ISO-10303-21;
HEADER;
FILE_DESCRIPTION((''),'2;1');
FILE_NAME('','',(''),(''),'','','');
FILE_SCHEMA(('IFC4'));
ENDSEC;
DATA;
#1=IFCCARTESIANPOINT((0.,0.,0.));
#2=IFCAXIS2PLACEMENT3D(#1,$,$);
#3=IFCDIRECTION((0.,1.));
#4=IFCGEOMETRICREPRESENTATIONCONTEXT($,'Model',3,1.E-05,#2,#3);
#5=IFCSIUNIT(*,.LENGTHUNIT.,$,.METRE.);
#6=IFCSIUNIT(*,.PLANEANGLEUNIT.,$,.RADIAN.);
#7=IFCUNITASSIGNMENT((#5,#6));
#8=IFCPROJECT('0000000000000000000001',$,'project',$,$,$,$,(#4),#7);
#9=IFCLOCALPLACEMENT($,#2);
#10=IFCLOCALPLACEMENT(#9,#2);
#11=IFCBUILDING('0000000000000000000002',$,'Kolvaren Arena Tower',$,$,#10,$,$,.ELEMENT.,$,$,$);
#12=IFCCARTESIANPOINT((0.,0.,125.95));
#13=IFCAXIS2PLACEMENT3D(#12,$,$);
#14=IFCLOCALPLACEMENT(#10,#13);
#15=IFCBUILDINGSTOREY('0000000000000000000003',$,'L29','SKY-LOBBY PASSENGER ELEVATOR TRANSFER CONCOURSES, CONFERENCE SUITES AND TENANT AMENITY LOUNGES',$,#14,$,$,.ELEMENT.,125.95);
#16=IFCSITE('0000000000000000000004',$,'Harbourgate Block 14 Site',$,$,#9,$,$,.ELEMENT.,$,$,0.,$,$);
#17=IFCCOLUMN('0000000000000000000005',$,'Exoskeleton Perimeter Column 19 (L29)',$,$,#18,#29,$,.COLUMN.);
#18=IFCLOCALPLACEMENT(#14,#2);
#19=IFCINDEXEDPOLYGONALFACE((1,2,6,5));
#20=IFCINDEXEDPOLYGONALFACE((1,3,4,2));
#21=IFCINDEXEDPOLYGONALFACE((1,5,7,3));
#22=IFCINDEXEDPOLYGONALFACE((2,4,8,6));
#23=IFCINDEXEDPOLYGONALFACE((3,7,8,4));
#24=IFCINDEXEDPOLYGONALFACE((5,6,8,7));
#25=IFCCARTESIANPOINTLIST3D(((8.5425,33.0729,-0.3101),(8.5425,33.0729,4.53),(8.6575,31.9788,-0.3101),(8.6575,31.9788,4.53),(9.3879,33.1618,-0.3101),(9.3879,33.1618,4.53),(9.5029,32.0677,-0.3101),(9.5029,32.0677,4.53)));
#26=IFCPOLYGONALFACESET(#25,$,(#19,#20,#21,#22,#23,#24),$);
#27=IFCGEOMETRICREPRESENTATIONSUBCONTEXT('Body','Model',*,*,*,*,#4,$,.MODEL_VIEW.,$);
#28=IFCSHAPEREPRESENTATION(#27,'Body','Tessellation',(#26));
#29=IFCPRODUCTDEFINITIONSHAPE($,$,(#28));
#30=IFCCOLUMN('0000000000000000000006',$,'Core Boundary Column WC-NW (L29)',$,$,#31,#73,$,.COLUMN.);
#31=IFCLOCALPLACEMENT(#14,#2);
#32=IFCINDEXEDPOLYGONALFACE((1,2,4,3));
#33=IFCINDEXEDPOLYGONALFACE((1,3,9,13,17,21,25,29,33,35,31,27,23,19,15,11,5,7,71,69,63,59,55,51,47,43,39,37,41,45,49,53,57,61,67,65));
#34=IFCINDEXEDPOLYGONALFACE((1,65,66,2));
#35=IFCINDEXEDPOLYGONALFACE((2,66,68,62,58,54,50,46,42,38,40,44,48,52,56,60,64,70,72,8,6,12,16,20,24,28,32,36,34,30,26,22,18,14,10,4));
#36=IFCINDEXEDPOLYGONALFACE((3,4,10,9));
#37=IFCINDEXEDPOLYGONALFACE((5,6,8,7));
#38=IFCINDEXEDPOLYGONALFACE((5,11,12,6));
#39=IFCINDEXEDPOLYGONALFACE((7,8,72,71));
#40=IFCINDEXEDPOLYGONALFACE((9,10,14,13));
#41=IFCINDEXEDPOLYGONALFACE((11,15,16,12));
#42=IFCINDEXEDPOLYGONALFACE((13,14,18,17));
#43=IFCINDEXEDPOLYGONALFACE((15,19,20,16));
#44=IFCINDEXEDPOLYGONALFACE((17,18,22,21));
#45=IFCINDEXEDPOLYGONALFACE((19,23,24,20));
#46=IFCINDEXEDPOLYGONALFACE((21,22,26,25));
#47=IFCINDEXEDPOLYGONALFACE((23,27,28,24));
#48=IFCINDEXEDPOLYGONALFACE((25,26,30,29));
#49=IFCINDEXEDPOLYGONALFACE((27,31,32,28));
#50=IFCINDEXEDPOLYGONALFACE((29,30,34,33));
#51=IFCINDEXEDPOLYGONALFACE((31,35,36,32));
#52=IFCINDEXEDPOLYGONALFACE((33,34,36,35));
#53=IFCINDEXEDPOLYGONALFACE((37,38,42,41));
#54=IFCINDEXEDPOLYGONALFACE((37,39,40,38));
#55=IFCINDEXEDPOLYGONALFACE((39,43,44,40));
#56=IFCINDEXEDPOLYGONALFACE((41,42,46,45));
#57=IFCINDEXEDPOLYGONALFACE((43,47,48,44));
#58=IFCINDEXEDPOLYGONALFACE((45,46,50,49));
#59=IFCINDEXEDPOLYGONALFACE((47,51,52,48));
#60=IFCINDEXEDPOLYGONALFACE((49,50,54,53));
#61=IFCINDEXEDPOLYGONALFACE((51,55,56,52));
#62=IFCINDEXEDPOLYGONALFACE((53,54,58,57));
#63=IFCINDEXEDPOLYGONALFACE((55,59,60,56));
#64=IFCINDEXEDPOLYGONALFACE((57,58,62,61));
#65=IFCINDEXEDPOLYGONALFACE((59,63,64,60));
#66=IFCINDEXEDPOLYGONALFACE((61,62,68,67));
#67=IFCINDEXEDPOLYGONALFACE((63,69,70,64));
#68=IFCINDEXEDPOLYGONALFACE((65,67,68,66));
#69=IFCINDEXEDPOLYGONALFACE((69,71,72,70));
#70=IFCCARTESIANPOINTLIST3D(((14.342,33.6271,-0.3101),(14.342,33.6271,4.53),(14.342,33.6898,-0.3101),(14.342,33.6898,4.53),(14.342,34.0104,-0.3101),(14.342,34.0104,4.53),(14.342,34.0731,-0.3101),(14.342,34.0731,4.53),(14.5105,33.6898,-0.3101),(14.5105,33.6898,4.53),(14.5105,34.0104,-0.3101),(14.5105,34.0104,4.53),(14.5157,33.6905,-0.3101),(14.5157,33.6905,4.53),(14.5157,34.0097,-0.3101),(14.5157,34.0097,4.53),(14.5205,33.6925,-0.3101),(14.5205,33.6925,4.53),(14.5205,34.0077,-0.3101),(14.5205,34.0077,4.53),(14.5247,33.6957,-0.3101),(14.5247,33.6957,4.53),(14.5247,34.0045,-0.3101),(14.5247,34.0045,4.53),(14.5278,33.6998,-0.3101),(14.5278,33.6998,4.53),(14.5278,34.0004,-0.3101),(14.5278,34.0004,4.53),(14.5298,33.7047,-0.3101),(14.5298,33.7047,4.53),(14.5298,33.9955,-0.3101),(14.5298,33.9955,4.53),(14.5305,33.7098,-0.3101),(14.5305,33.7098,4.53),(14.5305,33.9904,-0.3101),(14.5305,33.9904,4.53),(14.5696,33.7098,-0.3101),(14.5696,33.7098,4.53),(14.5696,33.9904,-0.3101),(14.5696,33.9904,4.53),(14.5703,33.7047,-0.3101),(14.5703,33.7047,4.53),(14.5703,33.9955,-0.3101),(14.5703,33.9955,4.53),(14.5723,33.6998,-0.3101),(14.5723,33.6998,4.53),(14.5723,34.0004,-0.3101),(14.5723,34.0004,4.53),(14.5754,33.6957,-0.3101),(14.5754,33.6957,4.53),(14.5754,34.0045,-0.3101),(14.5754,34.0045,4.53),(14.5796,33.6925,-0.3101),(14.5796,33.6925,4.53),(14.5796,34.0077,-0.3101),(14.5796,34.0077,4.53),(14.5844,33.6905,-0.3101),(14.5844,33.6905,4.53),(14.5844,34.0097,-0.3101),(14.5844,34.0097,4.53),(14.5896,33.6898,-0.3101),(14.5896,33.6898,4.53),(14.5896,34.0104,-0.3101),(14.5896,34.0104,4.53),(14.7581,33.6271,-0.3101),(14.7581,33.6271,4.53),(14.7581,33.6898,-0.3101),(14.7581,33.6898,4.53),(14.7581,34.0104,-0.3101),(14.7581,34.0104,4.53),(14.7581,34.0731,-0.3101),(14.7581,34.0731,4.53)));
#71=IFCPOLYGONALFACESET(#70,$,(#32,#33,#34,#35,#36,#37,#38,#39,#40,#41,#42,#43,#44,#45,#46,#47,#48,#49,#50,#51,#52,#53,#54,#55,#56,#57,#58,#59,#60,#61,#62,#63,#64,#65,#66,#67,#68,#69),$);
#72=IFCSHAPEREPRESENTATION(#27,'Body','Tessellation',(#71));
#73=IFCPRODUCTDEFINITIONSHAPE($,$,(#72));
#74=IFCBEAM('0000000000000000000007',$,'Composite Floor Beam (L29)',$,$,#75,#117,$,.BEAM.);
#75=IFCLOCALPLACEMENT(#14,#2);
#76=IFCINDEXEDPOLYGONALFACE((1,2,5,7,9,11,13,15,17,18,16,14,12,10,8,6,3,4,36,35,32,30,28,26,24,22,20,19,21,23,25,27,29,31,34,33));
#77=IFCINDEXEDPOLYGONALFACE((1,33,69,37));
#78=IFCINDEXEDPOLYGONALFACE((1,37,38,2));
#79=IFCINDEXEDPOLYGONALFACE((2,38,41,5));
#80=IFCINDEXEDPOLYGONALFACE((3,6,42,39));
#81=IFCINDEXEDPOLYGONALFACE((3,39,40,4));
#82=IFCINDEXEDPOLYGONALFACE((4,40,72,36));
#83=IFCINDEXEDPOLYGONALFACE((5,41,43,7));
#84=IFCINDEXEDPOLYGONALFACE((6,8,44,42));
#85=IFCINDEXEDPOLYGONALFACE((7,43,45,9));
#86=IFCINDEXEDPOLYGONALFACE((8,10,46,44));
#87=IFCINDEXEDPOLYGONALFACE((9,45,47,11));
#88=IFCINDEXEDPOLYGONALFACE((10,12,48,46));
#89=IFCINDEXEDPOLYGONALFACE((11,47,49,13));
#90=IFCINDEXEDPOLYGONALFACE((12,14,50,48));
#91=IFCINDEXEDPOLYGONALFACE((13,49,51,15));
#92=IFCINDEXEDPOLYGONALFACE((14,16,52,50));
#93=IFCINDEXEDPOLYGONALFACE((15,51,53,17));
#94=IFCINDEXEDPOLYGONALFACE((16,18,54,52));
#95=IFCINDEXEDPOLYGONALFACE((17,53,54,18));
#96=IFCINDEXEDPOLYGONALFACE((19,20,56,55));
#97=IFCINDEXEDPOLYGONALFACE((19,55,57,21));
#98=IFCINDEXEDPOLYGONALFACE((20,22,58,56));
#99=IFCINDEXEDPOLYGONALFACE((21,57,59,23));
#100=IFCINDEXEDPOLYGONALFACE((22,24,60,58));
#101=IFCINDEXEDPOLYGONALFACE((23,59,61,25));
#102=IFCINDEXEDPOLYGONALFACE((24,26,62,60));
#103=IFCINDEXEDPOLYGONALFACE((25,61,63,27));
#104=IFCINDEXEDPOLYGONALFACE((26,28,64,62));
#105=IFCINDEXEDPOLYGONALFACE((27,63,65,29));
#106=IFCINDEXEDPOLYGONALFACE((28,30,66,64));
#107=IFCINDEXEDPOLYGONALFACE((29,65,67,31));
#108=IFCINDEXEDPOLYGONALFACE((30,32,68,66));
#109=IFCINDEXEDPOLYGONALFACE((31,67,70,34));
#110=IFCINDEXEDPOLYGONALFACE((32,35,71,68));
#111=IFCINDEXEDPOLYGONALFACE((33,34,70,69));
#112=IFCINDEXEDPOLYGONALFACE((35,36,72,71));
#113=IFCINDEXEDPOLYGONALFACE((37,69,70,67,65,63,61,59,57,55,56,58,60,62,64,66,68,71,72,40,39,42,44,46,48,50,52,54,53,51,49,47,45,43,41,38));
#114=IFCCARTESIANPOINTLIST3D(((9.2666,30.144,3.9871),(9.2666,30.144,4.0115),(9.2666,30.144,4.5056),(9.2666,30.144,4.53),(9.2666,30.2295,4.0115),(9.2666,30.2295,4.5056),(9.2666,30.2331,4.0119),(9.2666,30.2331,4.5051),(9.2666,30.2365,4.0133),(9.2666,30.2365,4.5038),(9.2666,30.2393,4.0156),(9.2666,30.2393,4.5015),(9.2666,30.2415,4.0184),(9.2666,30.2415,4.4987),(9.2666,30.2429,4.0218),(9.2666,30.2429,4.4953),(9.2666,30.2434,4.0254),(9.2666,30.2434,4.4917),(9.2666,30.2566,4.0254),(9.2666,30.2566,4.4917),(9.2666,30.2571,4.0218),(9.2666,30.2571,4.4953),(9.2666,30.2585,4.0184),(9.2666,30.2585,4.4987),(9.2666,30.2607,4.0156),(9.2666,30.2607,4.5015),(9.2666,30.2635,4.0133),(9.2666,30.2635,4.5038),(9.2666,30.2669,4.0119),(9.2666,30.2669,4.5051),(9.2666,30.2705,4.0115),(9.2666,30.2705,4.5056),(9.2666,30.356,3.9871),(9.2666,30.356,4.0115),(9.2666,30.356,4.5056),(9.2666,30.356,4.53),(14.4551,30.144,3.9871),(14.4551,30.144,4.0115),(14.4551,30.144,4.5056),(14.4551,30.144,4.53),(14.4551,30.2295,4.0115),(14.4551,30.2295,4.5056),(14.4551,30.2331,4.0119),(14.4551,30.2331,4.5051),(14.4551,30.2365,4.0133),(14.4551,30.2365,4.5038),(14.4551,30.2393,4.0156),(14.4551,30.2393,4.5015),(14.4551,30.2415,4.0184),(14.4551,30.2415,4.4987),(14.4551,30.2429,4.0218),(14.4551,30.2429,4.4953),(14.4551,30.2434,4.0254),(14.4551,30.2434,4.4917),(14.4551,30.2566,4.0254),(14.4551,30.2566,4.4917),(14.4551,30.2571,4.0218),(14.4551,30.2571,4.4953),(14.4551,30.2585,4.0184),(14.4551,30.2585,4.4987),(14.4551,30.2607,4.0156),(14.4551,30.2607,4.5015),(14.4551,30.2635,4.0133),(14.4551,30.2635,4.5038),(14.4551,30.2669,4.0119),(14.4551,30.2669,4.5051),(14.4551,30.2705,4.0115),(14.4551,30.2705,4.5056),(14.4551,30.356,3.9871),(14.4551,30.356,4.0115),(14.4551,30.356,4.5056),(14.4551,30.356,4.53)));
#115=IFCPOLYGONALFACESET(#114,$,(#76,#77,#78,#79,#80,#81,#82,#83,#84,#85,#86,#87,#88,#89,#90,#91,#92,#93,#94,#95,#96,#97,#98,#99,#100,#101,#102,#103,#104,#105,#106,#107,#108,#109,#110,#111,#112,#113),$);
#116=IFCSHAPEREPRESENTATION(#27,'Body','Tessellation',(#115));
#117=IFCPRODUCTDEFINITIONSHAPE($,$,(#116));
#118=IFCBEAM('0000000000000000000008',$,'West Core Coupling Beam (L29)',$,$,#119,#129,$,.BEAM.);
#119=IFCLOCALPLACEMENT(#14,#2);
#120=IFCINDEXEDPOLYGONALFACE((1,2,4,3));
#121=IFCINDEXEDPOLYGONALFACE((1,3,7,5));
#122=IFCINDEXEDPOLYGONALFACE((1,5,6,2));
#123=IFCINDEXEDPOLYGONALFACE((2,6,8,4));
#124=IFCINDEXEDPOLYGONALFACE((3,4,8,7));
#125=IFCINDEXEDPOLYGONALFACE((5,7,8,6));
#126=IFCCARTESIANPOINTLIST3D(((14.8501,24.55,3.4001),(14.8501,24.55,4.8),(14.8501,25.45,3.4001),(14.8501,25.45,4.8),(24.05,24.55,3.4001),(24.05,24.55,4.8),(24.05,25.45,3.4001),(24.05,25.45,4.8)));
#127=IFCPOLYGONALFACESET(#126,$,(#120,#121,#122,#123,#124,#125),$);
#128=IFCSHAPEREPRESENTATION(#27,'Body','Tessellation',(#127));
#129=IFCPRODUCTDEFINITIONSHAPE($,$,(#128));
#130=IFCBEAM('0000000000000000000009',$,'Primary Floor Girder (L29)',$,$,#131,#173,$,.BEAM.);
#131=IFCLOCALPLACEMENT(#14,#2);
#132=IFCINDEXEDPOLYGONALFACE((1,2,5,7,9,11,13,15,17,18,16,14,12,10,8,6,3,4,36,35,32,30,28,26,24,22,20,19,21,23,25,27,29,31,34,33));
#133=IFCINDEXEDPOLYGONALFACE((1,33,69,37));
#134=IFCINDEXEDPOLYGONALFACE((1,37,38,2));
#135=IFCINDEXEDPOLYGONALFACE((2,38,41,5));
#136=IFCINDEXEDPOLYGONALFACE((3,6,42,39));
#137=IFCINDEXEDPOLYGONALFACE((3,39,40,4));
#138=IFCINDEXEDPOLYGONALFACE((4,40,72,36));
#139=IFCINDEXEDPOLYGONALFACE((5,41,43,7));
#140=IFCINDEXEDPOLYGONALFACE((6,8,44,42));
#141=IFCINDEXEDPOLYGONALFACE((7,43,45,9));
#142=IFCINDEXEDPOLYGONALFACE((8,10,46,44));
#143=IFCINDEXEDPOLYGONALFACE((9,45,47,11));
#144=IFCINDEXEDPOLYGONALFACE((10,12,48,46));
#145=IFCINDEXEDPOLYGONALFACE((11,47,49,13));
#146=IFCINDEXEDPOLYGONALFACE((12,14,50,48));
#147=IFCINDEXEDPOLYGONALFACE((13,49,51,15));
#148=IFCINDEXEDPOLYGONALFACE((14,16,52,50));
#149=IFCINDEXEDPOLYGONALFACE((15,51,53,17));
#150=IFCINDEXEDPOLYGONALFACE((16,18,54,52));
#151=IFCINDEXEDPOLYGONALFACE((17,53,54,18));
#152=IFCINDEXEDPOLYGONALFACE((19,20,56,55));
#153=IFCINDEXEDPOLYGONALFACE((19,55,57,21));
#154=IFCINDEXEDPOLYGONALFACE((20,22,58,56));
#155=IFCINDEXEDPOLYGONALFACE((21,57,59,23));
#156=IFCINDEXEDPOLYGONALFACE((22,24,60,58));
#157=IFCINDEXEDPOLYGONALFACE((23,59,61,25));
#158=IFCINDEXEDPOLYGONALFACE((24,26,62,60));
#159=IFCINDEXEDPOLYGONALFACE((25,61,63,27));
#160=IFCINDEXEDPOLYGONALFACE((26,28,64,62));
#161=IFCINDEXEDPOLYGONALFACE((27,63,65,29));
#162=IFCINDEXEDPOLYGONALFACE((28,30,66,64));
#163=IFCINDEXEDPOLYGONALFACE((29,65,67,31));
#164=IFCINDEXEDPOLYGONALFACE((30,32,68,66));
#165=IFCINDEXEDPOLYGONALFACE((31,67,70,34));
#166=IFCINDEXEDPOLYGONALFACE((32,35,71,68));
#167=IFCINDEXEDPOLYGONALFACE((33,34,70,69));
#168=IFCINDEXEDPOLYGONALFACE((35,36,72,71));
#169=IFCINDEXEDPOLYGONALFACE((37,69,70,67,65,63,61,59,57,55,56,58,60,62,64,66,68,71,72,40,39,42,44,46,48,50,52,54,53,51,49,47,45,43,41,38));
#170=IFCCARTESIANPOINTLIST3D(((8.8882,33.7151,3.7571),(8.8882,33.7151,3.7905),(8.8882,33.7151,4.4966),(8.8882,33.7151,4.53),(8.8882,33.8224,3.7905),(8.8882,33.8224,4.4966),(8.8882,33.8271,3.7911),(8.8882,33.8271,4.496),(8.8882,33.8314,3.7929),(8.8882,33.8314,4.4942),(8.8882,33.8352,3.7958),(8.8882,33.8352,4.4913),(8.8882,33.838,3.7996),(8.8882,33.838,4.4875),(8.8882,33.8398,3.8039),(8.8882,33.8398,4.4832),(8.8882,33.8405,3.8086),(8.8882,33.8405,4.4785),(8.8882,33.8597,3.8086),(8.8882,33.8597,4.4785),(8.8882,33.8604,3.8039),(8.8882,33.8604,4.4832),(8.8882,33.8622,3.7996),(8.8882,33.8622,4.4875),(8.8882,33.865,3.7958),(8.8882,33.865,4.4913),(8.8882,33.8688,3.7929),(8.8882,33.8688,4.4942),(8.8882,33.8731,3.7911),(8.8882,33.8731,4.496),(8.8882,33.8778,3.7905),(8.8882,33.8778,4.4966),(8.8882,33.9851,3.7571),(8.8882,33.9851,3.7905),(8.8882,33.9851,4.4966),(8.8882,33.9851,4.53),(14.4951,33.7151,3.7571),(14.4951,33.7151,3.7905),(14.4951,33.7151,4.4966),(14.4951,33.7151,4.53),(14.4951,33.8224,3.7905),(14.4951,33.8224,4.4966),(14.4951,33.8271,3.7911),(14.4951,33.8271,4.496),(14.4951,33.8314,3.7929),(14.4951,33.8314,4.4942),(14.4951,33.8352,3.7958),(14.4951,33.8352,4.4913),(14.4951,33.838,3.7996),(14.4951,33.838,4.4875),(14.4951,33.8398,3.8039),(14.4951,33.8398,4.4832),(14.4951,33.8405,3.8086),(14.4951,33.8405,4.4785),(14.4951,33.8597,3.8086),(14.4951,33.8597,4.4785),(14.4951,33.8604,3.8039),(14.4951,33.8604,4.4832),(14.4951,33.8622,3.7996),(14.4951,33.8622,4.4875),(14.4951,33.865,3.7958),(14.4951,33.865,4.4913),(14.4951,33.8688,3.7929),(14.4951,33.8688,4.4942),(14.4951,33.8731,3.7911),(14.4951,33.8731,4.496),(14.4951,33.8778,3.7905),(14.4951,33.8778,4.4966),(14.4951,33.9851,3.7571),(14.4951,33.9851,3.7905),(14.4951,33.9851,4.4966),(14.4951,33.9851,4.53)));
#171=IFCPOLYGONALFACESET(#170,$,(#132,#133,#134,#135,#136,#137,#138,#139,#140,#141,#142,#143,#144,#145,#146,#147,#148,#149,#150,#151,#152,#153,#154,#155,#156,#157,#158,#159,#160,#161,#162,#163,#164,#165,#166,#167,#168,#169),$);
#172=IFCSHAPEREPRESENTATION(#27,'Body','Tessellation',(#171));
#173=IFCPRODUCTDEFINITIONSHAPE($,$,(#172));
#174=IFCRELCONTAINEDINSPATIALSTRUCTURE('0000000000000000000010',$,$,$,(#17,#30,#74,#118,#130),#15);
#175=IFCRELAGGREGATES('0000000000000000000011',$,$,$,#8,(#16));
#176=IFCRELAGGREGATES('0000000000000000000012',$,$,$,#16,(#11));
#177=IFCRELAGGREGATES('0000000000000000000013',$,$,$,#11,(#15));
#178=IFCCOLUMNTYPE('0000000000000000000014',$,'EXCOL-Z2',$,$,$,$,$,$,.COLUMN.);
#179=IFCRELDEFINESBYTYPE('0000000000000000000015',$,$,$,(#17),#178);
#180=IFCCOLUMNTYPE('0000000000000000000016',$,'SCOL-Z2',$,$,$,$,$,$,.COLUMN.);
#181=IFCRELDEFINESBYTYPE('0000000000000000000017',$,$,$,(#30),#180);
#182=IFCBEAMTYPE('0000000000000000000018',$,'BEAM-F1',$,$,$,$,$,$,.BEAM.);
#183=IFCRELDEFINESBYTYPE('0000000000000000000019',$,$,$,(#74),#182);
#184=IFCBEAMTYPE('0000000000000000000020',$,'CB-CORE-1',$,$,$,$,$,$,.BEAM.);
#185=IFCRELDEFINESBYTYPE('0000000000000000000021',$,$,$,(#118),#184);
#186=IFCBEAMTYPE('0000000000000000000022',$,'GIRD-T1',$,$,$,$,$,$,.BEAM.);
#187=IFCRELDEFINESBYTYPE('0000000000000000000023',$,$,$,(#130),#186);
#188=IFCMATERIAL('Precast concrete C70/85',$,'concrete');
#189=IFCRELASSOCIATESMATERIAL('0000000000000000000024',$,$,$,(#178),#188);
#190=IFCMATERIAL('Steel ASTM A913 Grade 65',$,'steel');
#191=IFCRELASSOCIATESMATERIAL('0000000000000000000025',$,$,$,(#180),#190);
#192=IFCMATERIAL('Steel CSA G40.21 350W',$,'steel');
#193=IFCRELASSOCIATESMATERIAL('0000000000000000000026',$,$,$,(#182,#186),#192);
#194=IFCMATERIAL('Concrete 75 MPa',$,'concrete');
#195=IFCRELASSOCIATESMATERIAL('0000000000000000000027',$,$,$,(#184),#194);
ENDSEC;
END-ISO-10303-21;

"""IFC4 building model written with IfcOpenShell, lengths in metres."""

from ifc_helpers import new_model, si_unit, direction, frame, origin, origin_2d, place, context, subcontext, project, spatial, rectangle, i_section, extrude, material, material_profile, profile_set, type_object, element, save


model = new_model("IFC4")

# Units and contexts
model_context = context("Model", 3, precision=1e-05, world=origin(), true_north=direction((0.0, 1.0)))
body_context = subcontext(model_context, "Body", "Model", "MODEL_VIEW")
ifc_project = project(units=[si_unit("LENGTHUNIT", "METRE"), si_unit("PLANEANGLEUNIT", "RADIAN")], contexts=[model_context])

# Site, building, storey
site_placement = place(None, origin())
site = spatial("IfcSite", under=ifc_project, at=site_placement, Name="Harbourgate Block 14 Site", CompositionType="ELEMENT", RefElevation=0.0)
building_placement = place(site_placement, origin())
building = spatial("IfcBuilding", under=site, at=building_placement, Name="Kolvaren Arena Tower", CompositionType="ELEMENT")
storey_placement = place(building_placement, frame((0.0, 0.0, 125.95)))
storey = spatial("IfcBuildingStorey", under=building, at=storey_placement, Name="L29", Description="SKY-LOBBY PASSENGER ELEVATOR TRANSFER CONCOURSES, CONFERENCE SUITES AND TENANT AMENITY LOUNGES", CompositionType="ELEMENT", Elevation=125.95)

# Columns
ifc_material_1 = material(Name="Precast concrete C70/85", Category="concrete")
ifc_material_profile_1 = material_profile(ifc_material_1, rectangle(XDim=1.1001, YDim=0.8501, at=origin_2d()), Name="RC-1100x850")
ifc_profile_set_1 = profile_set([ifc_material_profile_1], Name="Precast concrete C70/85")
column_type_1 = type_object("IfcColumnType", Name="EXCOL-Z2", PredefinedType="COLUMN", material=ifc_profile_set_1)
column_1_placement = place(storey_placement, frame((9.0227, 32.5703, -0.3101), z_axis=(0.0, 0.0, 1.0), x_axis=(-0.104528, 0.994522, 0.0)))
element("IfcColumn", 1, at=column_1_placement, inside=storey, type_object=column_type_1, Name="Exoskeleton Perimeter Column 19 (L29)", PredefinedType="COLUMN", context=body_context, shape_type="SweptSolid", body=[
    extrude(rectangle(XDim=1.1001, YDim=0.8501, at=origin_2d()), origin(), (0.0, 0.0, 1.0), 4.8401),
])
ifc_material_2 = material(Name="Steel ASTM A913 Grade 65", Category="steel")
ifc_material_profile_2 = material_profile(ifc_material_2, i_section(OverallWidth=0.416, OverallDepth=0.446, WebThickness=0.0391, FlangeThickness=0.0627, FilletRadius=0.02, at=origin_2d()), Name="W360x509")
ifc_profile_set_2 = profile_set([ifc_material_profile_2], Name="Steel ASTM A913 Grade 65")
column_type_2 = type_object("IfcColumnType", Name="SCOL-Z2", PredefinedType="COLUMN", material=ifc_profile_set_2)
column_2_placement = place(storey_placement, frame((14.55, 33.8501, -0.3101), z_axis=(0.0, 0.0, 1.0), x_axis=(1.0, 0.0, 0.0)))
element("IfcColumn", 2, at=column_2_placement, inside=storey, type_object=column_type_2, Name="Core Boundary Column WC-NW (L29)", PredefinedType="COLUMN", context=body_context, shape_type="SweptSolid", body=[
    extrude(i_section(OverallWidth=0.416, OverallDepth=0.446, WebThickness=0.0391, FlangeThickness=0.0627, FilletRadius=0.02, at=origin_2d()), origin(), (0.0, 0.0, 1.0), 4.8401),
])

# Beams
ifc_material_3 = material(Name="Steel CSA G40.21 350W", Category="steel")
ifc_material_profile_3 = material_profile(ifc_material_3, i_section(OverallWidth=0.2119, OverallDepth=0.543, WebThickness=0.0132, FlangeThickness=0.0244, FilletRadius=0.0139, at=origin_2d()), Name="W530x150")
ifc_profile_set_3 = profile_set([ifc_material_profile_3], Name="Steel CSA G40.21 350W")
beam_type_1 = type_object("IfcBeamType", Name="BEAM-F1", PredefinedType="BEAM", material=ifc_profile_set_3)
beam_1_placement = place(storey_placement, frame((9.2666, 30.25, 4.2585), z_axis=(1.0, 0.0, 0.0), x_axis=(0.0, 1.0, 0.0)))
element("IfcBeam", 3, at=beam_1_placement, inside=storey, type_object=beam_type_1, Name="Composite Floor Beam (L29)", PredefinedType="BEAM", context=body_context, shape_type="SweptSolid", body=[
    extrude(i_section(OverallWidth=0.2119, OverallDepth=0.543, WebThickness=0.0132, FlangeThickness=0.0244, FilletRadius=0.0139, at=origin_2d()), origin(), (0.0, 0.0, 1.0), 5.1885),
])
ifc_material_4 = material(Name="Concrete 75 MPa", Category="concrete")
ifc_material_profile_4 = material_profile(ifc_material_4, rectangle(XDim=0.8999, YDim=1.3999, at=origin_2d()), Name="RC-900x1400")
ifc_profile_set_4 = profile_set([ifc_material_profile_4], Name="Concrete 75 MPa")
beam_type_2 = type_object("IfcBeamType", Name="CB-CORE-1", PredefinedType="BEAM", material=ifc_profile_set_4)
beam_2_placement = place(storey_placement, frame((14.8501, 25.0, 4.1001), z_axis=(1.0, 0.0, 0.0), x_axis=(0.0, 1.0, 0.0)))
element("IfcBeam", 4, at=beam_2_placement, inside=storey, type_object=beam_type_2, Name="West Core Coupling Beam (L29)", PredefinedType="BEAM", context=body_context, shape_type="SweptSolid", body=[
    extrude(rectangle(XDim=0.8999, YDim=1.3999, at=origin_2d()), origin(), (0.0, 0.0, 1.0), 9.2),
])
ifc_material_profile_5 = material_profile(ifc_material_3, i_section(OverallWidth=0.27, OverallDepth=0.7729, WebThickness=0.0193, FlangeThickness=0.0334, FilletRadius=0.0181, at=origin_2d()), Name="W760x257")
ifc_profile_set_5 = profile_set([ifc_material_profile_5], Name="Steel CSA G40.21 350W")
beam_type_3 = type_object("IfcBeamType", Name="GIRD-T1", PredefinedType="BEAM", material=ifc_profile_set_5)
beam_3_placement = place(storey_placement, frame((8.8882, 33.8501, 4.1436), z_axis=(1.0, 0.0, 0.0), x_axis=(0.0, 1.0, 0.0)))
element("IfcBeam", 5, at=beam_3_placement, inside=storey, type_object=beam_type_3, Name="Primary Floor Girder (L29)", PredefinedType="BEAM", context=body_context, shape_type="SweptSolid", body=[
    extrude(i_section(OverallWidth=0.27, OverallDepth=0.7729, WebThickness=0.0193, FlangeThickness=0.0334, FilletRadius=0.0181, at=origin_2d()), origin(), (0.0, 0.0, 1.0), 5.6069),
])

save(model, "model.ifc")
